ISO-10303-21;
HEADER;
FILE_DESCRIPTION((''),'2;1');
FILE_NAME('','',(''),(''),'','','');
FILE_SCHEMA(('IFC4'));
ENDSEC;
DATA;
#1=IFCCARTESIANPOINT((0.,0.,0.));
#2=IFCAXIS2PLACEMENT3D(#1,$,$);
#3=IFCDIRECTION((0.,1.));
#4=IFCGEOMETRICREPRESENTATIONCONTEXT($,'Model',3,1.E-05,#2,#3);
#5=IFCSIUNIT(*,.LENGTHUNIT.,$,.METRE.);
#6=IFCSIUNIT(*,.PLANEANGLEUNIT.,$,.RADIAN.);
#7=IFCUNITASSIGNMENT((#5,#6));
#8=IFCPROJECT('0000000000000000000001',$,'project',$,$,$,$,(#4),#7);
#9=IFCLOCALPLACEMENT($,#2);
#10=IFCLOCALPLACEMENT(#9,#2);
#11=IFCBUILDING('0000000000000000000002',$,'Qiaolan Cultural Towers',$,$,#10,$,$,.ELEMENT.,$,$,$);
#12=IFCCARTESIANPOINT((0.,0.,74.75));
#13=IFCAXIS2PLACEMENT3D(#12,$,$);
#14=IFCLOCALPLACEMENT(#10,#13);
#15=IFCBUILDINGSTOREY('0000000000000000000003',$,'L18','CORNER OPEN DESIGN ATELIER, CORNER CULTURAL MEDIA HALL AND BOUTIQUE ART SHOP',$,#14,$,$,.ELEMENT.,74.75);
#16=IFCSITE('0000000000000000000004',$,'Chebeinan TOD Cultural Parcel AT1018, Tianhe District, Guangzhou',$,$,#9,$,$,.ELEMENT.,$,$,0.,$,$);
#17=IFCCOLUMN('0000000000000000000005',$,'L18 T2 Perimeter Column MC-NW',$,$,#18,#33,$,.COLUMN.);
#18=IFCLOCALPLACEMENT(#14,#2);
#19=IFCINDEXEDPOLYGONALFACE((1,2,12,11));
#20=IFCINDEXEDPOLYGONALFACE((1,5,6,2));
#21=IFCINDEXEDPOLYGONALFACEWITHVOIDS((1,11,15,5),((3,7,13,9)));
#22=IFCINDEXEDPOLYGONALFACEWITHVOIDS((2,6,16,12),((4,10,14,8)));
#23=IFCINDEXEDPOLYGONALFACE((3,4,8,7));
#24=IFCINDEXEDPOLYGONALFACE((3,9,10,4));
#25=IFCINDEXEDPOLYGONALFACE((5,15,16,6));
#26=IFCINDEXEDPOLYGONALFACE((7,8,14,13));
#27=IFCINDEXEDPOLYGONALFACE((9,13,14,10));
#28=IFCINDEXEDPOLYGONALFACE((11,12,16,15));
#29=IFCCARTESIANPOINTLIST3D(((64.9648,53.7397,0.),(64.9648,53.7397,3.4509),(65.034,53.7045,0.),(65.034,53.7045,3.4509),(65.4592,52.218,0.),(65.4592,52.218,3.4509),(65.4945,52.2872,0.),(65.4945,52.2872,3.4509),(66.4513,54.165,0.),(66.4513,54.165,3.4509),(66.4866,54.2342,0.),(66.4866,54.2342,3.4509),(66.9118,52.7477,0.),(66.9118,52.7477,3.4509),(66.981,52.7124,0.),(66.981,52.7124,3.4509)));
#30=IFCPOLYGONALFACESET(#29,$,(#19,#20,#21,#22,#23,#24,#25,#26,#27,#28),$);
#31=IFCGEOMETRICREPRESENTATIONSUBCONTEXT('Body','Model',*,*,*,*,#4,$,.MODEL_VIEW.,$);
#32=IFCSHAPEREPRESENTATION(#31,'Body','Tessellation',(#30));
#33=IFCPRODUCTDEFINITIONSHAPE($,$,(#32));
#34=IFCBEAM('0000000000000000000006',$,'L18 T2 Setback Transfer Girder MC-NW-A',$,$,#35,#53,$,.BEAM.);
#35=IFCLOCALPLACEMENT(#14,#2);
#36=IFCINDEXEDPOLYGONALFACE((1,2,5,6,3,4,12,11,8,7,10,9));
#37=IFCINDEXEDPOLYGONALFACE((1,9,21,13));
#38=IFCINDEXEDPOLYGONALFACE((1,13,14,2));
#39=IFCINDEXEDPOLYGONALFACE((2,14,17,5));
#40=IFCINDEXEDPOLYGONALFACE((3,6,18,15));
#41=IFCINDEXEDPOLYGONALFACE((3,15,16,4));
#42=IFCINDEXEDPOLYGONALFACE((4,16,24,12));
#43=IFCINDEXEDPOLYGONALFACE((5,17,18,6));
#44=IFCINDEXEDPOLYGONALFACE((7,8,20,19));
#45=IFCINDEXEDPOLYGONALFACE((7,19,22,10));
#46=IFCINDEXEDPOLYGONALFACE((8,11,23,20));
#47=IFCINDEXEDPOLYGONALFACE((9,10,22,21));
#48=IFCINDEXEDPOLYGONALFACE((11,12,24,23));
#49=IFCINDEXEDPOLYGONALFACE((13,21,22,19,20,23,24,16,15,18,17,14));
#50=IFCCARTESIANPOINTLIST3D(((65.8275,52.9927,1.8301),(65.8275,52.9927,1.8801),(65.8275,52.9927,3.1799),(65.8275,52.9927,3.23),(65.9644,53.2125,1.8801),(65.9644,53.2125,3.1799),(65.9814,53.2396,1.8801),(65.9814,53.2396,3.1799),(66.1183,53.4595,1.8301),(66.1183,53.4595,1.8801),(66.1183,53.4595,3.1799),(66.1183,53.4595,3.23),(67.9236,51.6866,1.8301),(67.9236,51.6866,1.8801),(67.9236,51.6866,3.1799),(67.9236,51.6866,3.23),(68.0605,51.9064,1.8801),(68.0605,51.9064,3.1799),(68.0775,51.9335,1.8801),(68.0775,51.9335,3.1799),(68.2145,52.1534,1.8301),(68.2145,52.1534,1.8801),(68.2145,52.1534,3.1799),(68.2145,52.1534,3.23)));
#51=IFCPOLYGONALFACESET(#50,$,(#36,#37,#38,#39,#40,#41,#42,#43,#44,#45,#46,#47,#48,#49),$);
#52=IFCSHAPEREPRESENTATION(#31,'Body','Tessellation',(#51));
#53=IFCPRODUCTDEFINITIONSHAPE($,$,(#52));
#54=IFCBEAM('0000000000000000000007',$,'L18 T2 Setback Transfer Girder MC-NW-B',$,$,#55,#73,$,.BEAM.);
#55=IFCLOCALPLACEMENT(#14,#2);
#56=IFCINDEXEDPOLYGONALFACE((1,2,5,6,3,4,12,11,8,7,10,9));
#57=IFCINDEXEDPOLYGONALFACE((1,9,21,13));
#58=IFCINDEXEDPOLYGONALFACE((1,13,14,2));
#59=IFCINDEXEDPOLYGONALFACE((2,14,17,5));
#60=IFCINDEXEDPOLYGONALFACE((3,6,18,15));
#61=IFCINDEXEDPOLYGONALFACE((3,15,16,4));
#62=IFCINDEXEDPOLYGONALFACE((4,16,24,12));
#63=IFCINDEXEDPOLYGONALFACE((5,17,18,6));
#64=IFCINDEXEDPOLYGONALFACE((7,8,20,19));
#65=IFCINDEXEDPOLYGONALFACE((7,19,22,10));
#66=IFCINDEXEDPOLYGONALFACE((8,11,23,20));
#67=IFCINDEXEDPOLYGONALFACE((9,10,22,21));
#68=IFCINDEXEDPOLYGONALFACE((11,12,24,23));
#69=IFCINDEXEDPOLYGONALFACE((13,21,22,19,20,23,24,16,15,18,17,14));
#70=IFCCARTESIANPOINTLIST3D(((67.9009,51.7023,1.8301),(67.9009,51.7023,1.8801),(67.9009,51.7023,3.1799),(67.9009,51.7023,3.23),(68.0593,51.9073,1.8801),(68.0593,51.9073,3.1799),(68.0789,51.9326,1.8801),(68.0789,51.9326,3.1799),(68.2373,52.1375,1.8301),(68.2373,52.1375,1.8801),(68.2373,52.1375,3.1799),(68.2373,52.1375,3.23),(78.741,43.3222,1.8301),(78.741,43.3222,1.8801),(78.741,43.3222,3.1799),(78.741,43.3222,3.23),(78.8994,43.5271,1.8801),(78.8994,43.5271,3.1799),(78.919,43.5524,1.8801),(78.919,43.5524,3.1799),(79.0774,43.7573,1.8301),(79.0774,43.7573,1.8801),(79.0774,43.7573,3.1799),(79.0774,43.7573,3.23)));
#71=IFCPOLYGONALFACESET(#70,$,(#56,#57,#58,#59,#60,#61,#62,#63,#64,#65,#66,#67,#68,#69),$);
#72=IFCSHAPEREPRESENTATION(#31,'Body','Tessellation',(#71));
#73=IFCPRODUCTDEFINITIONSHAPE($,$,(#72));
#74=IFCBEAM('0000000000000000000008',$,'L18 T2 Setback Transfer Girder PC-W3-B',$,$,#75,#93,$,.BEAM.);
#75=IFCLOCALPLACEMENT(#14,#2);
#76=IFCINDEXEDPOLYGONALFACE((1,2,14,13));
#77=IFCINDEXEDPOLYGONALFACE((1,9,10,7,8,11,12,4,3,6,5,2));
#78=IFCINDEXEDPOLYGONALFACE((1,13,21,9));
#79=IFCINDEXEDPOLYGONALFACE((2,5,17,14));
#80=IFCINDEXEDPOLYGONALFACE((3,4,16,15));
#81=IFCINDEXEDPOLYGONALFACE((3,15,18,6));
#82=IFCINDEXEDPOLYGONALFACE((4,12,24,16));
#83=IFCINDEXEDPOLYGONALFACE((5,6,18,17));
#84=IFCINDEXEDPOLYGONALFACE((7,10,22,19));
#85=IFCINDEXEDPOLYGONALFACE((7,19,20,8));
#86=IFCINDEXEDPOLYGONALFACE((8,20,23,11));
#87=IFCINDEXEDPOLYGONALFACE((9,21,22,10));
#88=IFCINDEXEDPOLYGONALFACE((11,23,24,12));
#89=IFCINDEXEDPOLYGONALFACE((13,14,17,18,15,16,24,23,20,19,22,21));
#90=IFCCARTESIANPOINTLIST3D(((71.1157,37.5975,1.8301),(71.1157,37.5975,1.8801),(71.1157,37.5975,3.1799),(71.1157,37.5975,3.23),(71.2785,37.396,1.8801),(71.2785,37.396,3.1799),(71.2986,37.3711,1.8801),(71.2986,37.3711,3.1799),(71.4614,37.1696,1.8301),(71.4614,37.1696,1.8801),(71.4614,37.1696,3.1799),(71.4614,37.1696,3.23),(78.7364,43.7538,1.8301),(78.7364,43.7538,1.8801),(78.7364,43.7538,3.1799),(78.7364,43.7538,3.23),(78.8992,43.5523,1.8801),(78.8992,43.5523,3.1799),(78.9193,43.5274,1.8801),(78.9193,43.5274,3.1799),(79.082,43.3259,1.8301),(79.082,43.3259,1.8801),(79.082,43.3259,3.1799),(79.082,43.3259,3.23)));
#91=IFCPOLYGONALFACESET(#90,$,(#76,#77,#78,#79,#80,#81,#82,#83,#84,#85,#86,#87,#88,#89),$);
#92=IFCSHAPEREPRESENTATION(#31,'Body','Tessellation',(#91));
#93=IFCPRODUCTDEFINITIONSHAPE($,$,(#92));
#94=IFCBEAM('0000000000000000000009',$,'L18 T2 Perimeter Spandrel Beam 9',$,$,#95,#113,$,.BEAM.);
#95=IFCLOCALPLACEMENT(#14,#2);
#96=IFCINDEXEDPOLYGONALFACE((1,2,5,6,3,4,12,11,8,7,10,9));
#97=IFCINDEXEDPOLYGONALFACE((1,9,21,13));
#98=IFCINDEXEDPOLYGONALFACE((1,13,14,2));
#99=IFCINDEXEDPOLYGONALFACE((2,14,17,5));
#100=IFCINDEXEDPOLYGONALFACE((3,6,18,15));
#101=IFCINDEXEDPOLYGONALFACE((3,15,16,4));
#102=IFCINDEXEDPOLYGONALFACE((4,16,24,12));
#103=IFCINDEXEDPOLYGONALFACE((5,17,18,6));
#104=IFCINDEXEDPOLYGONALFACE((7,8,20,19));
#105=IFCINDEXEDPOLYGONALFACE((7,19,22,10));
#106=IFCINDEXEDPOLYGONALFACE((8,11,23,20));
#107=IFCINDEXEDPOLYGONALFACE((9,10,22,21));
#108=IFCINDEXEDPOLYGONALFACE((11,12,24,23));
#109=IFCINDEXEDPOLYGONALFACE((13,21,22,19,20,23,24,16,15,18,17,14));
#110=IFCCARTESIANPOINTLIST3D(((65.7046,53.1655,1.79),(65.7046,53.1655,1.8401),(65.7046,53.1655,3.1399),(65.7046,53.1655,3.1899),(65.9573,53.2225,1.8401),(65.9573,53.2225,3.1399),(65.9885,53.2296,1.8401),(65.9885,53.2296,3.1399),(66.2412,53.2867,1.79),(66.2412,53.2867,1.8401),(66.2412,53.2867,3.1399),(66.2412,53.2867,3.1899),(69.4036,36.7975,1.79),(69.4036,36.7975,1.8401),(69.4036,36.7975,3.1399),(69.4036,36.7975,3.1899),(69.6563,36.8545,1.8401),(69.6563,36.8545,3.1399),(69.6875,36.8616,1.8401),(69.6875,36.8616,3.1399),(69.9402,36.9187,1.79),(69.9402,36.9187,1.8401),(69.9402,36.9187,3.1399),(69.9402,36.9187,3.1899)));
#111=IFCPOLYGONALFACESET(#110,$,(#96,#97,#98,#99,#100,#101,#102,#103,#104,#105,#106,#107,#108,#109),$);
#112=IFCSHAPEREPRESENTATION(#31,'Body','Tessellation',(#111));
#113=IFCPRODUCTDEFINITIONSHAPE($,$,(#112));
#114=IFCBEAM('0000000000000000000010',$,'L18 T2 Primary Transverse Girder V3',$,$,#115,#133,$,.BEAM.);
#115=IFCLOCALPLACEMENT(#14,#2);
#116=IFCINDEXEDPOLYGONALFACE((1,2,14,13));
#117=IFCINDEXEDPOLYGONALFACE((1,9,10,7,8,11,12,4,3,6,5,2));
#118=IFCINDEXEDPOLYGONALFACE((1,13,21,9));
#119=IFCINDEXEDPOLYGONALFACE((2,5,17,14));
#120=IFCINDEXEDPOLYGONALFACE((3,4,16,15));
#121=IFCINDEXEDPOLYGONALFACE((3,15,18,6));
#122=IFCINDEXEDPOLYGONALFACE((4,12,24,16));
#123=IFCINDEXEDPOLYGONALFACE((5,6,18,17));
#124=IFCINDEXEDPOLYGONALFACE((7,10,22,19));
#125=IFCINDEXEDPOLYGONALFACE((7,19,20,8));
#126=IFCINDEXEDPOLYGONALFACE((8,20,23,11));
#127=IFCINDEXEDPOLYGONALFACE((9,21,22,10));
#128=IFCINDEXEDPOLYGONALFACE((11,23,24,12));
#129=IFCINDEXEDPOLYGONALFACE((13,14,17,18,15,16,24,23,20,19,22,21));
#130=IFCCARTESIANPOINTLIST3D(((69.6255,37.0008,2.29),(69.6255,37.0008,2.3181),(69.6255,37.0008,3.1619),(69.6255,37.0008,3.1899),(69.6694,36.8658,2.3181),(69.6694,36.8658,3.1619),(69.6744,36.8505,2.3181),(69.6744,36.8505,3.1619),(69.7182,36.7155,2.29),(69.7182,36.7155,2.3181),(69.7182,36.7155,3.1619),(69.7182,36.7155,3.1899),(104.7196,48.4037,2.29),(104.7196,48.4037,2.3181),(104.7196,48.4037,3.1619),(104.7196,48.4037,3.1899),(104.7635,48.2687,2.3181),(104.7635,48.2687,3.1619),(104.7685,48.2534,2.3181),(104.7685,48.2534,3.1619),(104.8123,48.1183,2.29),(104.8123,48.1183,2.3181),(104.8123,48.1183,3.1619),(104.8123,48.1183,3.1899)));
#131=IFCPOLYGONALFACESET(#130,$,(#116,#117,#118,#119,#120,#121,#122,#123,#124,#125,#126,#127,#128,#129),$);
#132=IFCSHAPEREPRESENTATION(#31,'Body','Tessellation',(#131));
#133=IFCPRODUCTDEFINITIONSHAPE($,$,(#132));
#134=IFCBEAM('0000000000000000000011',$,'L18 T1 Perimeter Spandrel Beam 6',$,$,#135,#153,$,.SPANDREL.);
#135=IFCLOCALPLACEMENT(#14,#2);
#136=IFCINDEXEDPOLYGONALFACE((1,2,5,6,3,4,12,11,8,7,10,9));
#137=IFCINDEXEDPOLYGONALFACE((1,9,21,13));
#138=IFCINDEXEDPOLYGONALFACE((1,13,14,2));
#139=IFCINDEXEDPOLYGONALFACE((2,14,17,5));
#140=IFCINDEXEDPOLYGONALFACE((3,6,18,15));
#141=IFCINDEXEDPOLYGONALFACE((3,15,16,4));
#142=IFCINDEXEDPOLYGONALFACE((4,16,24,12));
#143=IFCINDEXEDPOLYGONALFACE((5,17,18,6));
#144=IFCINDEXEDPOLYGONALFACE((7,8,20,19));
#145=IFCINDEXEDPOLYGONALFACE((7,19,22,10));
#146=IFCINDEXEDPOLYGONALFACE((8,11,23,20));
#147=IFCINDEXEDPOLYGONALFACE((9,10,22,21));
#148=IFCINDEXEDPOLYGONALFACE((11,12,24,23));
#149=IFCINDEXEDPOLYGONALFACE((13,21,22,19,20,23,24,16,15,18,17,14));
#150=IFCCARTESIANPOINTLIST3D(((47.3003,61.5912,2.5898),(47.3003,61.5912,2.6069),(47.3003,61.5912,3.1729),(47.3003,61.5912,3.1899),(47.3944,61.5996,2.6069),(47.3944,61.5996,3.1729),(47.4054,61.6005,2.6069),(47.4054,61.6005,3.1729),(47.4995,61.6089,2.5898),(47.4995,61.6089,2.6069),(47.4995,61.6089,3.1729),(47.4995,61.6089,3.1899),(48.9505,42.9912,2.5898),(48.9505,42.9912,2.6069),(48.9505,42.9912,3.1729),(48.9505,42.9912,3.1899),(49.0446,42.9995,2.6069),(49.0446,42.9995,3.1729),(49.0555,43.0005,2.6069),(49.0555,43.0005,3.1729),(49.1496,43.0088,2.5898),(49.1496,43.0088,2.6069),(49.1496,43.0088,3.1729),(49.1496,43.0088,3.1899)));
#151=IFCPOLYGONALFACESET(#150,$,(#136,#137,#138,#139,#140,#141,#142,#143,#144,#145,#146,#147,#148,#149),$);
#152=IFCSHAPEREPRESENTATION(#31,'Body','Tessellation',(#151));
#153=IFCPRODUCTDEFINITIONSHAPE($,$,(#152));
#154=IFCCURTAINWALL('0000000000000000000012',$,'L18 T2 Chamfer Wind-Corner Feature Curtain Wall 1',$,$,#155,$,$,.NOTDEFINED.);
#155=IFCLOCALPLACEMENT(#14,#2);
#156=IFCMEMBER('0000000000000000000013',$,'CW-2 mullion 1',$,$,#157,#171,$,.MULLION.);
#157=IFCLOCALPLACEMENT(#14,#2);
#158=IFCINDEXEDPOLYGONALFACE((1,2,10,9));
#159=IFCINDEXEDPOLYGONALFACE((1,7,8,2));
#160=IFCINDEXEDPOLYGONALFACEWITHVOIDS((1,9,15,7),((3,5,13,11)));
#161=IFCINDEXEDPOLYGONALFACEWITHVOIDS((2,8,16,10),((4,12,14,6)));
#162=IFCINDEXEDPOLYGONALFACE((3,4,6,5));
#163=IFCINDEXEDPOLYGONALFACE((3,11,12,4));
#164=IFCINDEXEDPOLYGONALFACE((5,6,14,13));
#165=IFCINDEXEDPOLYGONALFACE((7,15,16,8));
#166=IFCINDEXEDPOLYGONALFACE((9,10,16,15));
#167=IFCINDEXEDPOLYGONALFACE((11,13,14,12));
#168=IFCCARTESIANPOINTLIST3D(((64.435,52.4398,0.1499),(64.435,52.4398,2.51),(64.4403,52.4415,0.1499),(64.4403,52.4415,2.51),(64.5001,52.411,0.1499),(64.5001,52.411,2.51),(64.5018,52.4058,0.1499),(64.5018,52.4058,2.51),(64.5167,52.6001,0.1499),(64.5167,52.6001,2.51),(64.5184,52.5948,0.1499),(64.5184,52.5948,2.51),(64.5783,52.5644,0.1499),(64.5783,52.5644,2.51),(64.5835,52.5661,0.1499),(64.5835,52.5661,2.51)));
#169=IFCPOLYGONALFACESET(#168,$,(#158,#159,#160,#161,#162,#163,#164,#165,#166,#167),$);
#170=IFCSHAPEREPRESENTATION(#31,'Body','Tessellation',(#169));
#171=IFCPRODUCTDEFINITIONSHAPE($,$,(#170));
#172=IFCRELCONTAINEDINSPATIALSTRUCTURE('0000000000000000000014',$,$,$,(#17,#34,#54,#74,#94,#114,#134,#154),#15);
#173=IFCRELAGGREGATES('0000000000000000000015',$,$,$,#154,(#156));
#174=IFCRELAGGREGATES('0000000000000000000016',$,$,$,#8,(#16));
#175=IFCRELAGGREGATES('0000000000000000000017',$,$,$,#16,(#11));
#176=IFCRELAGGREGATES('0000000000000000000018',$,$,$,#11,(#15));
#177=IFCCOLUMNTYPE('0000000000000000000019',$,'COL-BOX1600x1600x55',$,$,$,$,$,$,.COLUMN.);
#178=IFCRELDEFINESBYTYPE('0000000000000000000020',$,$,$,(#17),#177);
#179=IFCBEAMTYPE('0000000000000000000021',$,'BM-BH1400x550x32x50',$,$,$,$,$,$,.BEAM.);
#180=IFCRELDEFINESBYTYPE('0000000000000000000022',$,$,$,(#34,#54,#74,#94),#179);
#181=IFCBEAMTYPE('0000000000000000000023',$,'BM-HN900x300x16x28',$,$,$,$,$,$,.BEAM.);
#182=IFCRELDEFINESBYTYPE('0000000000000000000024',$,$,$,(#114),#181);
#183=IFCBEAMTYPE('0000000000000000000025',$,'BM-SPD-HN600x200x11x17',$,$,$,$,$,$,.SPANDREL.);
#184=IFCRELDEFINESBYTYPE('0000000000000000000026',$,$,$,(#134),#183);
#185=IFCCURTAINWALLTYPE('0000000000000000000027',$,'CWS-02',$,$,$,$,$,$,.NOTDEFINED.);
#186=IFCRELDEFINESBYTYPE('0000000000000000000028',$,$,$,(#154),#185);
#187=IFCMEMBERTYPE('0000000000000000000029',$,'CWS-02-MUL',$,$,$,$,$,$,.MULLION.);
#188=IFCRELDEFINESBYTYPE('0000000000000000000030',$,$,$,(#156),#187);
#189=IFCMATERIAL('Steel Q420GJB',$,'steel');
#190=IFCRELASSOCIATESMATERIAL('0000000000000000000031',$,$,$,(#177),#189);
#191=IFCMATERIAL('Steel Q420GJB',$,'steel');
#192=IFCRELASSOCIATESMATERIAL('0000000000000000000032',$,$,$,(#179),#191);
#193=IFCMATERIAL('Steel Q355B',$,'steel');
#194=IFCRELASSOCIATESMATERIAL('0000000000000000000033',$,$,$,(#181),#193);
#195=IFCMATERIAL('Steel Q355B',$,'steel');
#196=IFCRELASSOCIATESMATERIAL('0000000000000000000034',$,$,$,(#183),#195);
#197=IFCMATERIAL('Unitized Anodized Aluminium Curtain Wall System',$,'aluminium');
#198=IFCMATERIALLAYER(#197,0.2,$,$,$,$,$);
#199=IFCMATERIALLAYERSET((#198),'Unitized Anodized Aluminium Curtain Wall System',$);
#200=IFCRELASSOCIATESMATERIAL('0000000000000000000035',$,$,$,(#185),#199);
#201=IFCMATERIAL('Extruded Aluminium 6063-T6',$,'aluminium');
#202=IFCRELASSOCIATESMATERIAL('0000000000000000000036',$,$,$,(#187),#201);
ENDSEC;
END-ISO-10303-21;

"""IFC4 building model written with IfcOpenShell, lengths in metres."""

from ifc_helpers import new_model, si_unit, direction, frame, origin, origin_2d, place, context, subcontext, project, spatial, hollow_rectangle, i_section, extrude, material, layer, layer_set, material_profile, profile_set, type_object, element, aggregate, save


model = new_model("IFC4")

# Units and contexts
model_context = context("Model", 3, precision=1e-05, world=origin(), true_north=direction((0.0, 1.0)))
body_context = subcontext(model_context, "Body", "Model", "MODEL_VIEW")
ifc_project = project(units=[si_unit("LENGTHUNIT", "METRE"), si_unit("PLANEANGLEUNIT", "RADIAN")], contexts=[model_context])

# Site, building, storey
site_placement = place(None, origin())
site = spatial("IfcSite", under=ifc_project, at=site_placement, Name="Chebeinan TOD Cultural Parcel AT1018, Tianhe District, Guangzhou", CompositionType="ELEMENT", RefElevation=0.0)
building_placement = place(site_placement, origin())
building = spatial("IfcBuilding", under=site, at=building_placement, Name="Qiaolan Cultural Towers", CompositionType="ELEMENT")
storey_placement = place(building_placement, frame((0.0, 0.0, 74.75)))
storey = spatial("IfcBuildingStorey", under=building, at=storey_placement, Name="L18", Description="CORNER OPEN DESIGN ATELIER, CORNER CULTURAL MEDIA HALL AND BOUTIQUE ART SHOP", CompositionType="ELEMENT", Elevation=74.75)

# Column
ifc_material_1 = material(Name="Steel Q420GJB", Category="steel")
ifc_material_profile_1 = material_profile(ifc_material_1, hollow_rectangle(XDim=1.6001, YDim=1.6001, WallThickness=0.0549, at=origin_2d()), Name="BOX1600x1600x55")
ifc_profile_set_1 = profile_set([ifc_material_profile_1], Name="Steel Q420GJB")
column_type = type_object("IfcColumnType", Name="COL-BOX1600x1600x55", PredefinedType="COLUMN", material=ifc_profile_set_1)
column_placement = place(storey_placement, frame((65.9729, 53.2261, 0.0), z_axis=(0.0, 0.0, 1.0), x_axis=(0.951057, 0.309017, 0.0)))
element("IfcColumn", 1, at=column_placement, inside=storey, type_object=column_type, Name="L18 T2 Perimeter Column MC-NW", PredefinedType="COLUMN", context=body_context, shape_type="SweptSolid", body=[
    extrude(hollow_rectangle(XDim=1.6001, YDim=1.6001, WallThickness=0.0549, at=origin_2d()), origin(), (0.0, 0.0, 1.0), 3.4509),
])

# Beams
ifc_material_2 = material(Name="Steel Q420GJB", Category="steel")
ifc_material_profile_2 = material_profile(ifc_material_2, i_section(OverallWidth=0.55, OverallDepth=1.3999, WebThickness=0.032, FlangeThickness=0.05, at=origin_2d()), Name="BH1400x550x32x50")
ifc_profile_set_2 = profile_set([ifc_material_profile_2], Name="Steel Q420GJB")
beam_type_1 = type_object("IfcBeamType", Name="BM-BH1400x550x32x50", PredefinedType="BEAM", material=ifc_profile_set_2)
beam_1_placement = place(storey_placement, frame((65.9729, 53.2261, 2.53), z_axis=(0.848719, -0.528843, 0.0), x_axis=(0.528843, 0.848719, 0.0)))
element("IfcBeam", 2, at=beam_1_placement, inside=storey, type_object=beam_type_1, Name="L18 T2 Setback Transfer Girder MC-NW-A", PredefinedType="BEAM", context=body_context, shape_type="SweptSolid", body=[
    extrude(i_section(OverallWidth=0.55, OverallDepth=1.3999, WebThickness=0.032, FlangeThickness=0.05, at=origin_2d()), origin(), (0.0, 0.0, 1.0), 2.4697),
])
beam_2_placement = place(storey_placement, frame((68.0691, 51.9199, 2.53), z_axis=(0.791154, -0.611616, 0.0), x_axis=(0.611616, 0.791154, 0.0)))
element("IfcBeam", 3, at=beam_2_placement, inside=storey, type_object=beam_type_1, Name="L18 T2 Setback Transfer Girder MC-NW-B", PredefinedType="BEAM", context=body_context, shape_type="SweptSolid", body=[
    extrude(i_section(OverallWidth=0.55, OverallDepth=1.3999, WebThickness=0.032, FlangeThickness=0.05, at=origin_2d()), origin(), (0.0, 0.0, 1.0), 13.7017),
])
beam_3_placement = place(storey_placement, frame((71.2886, 37.3835, 2.53), z_axis=(0.777884, 0.628408, 0.0), x_axis=(-0.628408, 0.777884, 0.0)))
element("IfcBeam", 4, at=beam_3_placement, inside=storey, type_object=beam_type_1, Name="L18 T2 Setback Transfer Girder PC-W3-B", PredefinedType="BEAM", context=body_context, shape_type="SweptSolid", body=[
    extrude(i_section(OverallWidth=0.55, OverallDepth=1.3999, WebThickness=0.032, FlangeThickness=0.05, at=origin_2d()), origin(), (0.0, 0.0, 1.0), 9.7966),
])
beam_4_placement = place(storey_placement, frame((65.9729, 53.2261, 2.49), z_axis=(0.220431, -0.975403, 0.0), x_axis=(0.975403, 0.220431, 0.0)))
element("IfcBeam", 5, at=beam_4_placement, inside=storey, type_object=beam_type_1, Name="L18 T2 Perimeter Spandrel Beam 9", PredefinedType="BEAM", context=body_context, shape_type="SweptSolid", body=[
    extrude(i_section(OverallWidth=0.55, OverallDepth=1.3999, WebThickness=0.032, FlangeThickness=0.05, at=origin_2d()), origin(), (0.0, 0.0, 1.0), 16.7808),
])
ifc_material_3 = material(Name="Steel Q355B", Category="steel")
ifc_material_profile_3 = material_profile(ifc_material_3, i_section(OverallWidth=0.3, OverallDepth=0.8999, WebThickness=0.0161, FlangeThickness=0.0281, at=origin_2d()), Name="HN900x300x16x28")
ifc_profile_set_3 = profile_set([ifc_material_profile_3], Name="Steel Q355B")
beam_type_2 = type_object("IfcBeamType", Name="BM-HN900x300x16x28", PredefinedType="BEAM", material=ifc_profile_set_3)
beam_5_placement = place(storey_placement, frame((69.6719, 36.8582, 2.74), z_axis=(0.951056, 0.309019, 0.0), x_axis=(-0.309019, 0.951056, 0.0)))
element("IfcBeam", 6, at=beam_5_placement, inside=storey, type_object=beam_type_2, Name="L18 T2 Primary Transverse Girder V3", PredefinedType="BEAM", context=body_context, shape_type="SweptSolid", body=[
    extrude(i_section(OverallWidth=0.3, OverallDepth=0.8999, WebThickness=0.0161, FlangeThickness=0.0281, at=origin_2d()), origin(), (0.0, 0.0, 1.0), 36.9001),
])
ifc_material_4 = material(Name="Steel Q355B", Category="steel")
ifc_material_profile_4 = material_profile(ifc_material_4, i_section(OverallWidth=0.2, OverallDepth=0.6001, WebThickness=0.011, FlangeThickness=0.0171, at=origin_2d()), Name="HN600x200x11x17")
ifc_profile_set_4 = profile_set([ifc_material_profile_4], Name="Steel Q355B")
beam_type_3 = type_object("IfcBeamType", Name="BM-SPD-HN600x200x11x17", PredefinedType="SPANDREL", material=ifc_profile_set_4)
beam_6_placement = place(storey_placement, frame((49.05, 43.0, 2.8899), z_axis=(-0.08837, 0.996088, 0.0), x_axis=(-0.996088, -0.08837, 0.0)))
element("IfcBeam", 7, at=beam_6_placement, inside=storey, type_object=beam_type_3, Name="L18 T1 Perimeter Spandrel Beam 6", PredefinedType="SPANDREL", context=body_context, shape_type="SweptSolid", body=[
    extrude(i_section(OverallWidth=0.2, OverallDepth=0.6001, WebThickness=0.011, FlangeThickness=0.0171, at=origin_2d()), origin(), (0.0, 0.0, 1.0), 18.6731),
])

# Curtain wall, member
ifc_material_5 = material(Name="Unitized Anodized Aluminium Curtain Wall System", Category="aluminium")
ifc_layer_1 = layer(ifc_material_5, 0.2)
ifc_layer_set_1 = layer_set([ifc_layer_1], Name="Unitized Anodized Aluminium Curtain Wall System")
curtain_wall_type = type_object("IfcCurtainWallType", Name="CWS-02", PredefinedType="NOTDEFINED", material=ifc_layer_set_1)
curtain_wall_placement = place(storey_placement, origin())
curtain_wall = element("IfcCurtainWall", 8, at=curtain_wall_placement, inside=storey, type_object=curtain_wall_type, Name="L18 T2 Chamfer Wind-Corner Feature Curtain Wall 1", PredefinedType="NOTDEFINED")
ifc_material_6 = material(Name="Extruded Aluminium 6063-T6", Category="aluminium")
ifc_material_profile_5 = material_profile(ifc_material_6, hollow_rectangle(XDim=0.075, YDim=0.1799, WallThickness=0.0039, at=origin_2d()), Name="CWM-180x75x4")
ifc_profile_set_5 = profile_set([ifc_material_profile_5], Name="Extruded Aluminium 6063-T6")
member_type_1 = type_object("IfcMemberType", Name="CWS-02-MUL", PredefinedType="MULLION", material=ifc_profile_set_5)
member_1_placement = place(storey_placement, frame((64.5093, 52.5029, 0.1499), z_axis=(0.0, 0.0, 1.0), x_axis=(-0.891007, 0.45399, 0.0)))
member_1 = element("IfcMember", 9, at=member_1_placement, type_object=member_type_1, Name="CW-2 mullion 1", PredefinedType="MULLION", context=body_context, shape_type="SweptSolid", body=[
    extrude(hollow_rectangle(XDim=0.075, YDim=0.1799, WallThickness=0.0039, at=origin_2d()), origin(), (0.0, 0.0, 1.0), 2.3601),
])

aggregate(curtain_wall, [member_1])

save(model, "model.ifc")
